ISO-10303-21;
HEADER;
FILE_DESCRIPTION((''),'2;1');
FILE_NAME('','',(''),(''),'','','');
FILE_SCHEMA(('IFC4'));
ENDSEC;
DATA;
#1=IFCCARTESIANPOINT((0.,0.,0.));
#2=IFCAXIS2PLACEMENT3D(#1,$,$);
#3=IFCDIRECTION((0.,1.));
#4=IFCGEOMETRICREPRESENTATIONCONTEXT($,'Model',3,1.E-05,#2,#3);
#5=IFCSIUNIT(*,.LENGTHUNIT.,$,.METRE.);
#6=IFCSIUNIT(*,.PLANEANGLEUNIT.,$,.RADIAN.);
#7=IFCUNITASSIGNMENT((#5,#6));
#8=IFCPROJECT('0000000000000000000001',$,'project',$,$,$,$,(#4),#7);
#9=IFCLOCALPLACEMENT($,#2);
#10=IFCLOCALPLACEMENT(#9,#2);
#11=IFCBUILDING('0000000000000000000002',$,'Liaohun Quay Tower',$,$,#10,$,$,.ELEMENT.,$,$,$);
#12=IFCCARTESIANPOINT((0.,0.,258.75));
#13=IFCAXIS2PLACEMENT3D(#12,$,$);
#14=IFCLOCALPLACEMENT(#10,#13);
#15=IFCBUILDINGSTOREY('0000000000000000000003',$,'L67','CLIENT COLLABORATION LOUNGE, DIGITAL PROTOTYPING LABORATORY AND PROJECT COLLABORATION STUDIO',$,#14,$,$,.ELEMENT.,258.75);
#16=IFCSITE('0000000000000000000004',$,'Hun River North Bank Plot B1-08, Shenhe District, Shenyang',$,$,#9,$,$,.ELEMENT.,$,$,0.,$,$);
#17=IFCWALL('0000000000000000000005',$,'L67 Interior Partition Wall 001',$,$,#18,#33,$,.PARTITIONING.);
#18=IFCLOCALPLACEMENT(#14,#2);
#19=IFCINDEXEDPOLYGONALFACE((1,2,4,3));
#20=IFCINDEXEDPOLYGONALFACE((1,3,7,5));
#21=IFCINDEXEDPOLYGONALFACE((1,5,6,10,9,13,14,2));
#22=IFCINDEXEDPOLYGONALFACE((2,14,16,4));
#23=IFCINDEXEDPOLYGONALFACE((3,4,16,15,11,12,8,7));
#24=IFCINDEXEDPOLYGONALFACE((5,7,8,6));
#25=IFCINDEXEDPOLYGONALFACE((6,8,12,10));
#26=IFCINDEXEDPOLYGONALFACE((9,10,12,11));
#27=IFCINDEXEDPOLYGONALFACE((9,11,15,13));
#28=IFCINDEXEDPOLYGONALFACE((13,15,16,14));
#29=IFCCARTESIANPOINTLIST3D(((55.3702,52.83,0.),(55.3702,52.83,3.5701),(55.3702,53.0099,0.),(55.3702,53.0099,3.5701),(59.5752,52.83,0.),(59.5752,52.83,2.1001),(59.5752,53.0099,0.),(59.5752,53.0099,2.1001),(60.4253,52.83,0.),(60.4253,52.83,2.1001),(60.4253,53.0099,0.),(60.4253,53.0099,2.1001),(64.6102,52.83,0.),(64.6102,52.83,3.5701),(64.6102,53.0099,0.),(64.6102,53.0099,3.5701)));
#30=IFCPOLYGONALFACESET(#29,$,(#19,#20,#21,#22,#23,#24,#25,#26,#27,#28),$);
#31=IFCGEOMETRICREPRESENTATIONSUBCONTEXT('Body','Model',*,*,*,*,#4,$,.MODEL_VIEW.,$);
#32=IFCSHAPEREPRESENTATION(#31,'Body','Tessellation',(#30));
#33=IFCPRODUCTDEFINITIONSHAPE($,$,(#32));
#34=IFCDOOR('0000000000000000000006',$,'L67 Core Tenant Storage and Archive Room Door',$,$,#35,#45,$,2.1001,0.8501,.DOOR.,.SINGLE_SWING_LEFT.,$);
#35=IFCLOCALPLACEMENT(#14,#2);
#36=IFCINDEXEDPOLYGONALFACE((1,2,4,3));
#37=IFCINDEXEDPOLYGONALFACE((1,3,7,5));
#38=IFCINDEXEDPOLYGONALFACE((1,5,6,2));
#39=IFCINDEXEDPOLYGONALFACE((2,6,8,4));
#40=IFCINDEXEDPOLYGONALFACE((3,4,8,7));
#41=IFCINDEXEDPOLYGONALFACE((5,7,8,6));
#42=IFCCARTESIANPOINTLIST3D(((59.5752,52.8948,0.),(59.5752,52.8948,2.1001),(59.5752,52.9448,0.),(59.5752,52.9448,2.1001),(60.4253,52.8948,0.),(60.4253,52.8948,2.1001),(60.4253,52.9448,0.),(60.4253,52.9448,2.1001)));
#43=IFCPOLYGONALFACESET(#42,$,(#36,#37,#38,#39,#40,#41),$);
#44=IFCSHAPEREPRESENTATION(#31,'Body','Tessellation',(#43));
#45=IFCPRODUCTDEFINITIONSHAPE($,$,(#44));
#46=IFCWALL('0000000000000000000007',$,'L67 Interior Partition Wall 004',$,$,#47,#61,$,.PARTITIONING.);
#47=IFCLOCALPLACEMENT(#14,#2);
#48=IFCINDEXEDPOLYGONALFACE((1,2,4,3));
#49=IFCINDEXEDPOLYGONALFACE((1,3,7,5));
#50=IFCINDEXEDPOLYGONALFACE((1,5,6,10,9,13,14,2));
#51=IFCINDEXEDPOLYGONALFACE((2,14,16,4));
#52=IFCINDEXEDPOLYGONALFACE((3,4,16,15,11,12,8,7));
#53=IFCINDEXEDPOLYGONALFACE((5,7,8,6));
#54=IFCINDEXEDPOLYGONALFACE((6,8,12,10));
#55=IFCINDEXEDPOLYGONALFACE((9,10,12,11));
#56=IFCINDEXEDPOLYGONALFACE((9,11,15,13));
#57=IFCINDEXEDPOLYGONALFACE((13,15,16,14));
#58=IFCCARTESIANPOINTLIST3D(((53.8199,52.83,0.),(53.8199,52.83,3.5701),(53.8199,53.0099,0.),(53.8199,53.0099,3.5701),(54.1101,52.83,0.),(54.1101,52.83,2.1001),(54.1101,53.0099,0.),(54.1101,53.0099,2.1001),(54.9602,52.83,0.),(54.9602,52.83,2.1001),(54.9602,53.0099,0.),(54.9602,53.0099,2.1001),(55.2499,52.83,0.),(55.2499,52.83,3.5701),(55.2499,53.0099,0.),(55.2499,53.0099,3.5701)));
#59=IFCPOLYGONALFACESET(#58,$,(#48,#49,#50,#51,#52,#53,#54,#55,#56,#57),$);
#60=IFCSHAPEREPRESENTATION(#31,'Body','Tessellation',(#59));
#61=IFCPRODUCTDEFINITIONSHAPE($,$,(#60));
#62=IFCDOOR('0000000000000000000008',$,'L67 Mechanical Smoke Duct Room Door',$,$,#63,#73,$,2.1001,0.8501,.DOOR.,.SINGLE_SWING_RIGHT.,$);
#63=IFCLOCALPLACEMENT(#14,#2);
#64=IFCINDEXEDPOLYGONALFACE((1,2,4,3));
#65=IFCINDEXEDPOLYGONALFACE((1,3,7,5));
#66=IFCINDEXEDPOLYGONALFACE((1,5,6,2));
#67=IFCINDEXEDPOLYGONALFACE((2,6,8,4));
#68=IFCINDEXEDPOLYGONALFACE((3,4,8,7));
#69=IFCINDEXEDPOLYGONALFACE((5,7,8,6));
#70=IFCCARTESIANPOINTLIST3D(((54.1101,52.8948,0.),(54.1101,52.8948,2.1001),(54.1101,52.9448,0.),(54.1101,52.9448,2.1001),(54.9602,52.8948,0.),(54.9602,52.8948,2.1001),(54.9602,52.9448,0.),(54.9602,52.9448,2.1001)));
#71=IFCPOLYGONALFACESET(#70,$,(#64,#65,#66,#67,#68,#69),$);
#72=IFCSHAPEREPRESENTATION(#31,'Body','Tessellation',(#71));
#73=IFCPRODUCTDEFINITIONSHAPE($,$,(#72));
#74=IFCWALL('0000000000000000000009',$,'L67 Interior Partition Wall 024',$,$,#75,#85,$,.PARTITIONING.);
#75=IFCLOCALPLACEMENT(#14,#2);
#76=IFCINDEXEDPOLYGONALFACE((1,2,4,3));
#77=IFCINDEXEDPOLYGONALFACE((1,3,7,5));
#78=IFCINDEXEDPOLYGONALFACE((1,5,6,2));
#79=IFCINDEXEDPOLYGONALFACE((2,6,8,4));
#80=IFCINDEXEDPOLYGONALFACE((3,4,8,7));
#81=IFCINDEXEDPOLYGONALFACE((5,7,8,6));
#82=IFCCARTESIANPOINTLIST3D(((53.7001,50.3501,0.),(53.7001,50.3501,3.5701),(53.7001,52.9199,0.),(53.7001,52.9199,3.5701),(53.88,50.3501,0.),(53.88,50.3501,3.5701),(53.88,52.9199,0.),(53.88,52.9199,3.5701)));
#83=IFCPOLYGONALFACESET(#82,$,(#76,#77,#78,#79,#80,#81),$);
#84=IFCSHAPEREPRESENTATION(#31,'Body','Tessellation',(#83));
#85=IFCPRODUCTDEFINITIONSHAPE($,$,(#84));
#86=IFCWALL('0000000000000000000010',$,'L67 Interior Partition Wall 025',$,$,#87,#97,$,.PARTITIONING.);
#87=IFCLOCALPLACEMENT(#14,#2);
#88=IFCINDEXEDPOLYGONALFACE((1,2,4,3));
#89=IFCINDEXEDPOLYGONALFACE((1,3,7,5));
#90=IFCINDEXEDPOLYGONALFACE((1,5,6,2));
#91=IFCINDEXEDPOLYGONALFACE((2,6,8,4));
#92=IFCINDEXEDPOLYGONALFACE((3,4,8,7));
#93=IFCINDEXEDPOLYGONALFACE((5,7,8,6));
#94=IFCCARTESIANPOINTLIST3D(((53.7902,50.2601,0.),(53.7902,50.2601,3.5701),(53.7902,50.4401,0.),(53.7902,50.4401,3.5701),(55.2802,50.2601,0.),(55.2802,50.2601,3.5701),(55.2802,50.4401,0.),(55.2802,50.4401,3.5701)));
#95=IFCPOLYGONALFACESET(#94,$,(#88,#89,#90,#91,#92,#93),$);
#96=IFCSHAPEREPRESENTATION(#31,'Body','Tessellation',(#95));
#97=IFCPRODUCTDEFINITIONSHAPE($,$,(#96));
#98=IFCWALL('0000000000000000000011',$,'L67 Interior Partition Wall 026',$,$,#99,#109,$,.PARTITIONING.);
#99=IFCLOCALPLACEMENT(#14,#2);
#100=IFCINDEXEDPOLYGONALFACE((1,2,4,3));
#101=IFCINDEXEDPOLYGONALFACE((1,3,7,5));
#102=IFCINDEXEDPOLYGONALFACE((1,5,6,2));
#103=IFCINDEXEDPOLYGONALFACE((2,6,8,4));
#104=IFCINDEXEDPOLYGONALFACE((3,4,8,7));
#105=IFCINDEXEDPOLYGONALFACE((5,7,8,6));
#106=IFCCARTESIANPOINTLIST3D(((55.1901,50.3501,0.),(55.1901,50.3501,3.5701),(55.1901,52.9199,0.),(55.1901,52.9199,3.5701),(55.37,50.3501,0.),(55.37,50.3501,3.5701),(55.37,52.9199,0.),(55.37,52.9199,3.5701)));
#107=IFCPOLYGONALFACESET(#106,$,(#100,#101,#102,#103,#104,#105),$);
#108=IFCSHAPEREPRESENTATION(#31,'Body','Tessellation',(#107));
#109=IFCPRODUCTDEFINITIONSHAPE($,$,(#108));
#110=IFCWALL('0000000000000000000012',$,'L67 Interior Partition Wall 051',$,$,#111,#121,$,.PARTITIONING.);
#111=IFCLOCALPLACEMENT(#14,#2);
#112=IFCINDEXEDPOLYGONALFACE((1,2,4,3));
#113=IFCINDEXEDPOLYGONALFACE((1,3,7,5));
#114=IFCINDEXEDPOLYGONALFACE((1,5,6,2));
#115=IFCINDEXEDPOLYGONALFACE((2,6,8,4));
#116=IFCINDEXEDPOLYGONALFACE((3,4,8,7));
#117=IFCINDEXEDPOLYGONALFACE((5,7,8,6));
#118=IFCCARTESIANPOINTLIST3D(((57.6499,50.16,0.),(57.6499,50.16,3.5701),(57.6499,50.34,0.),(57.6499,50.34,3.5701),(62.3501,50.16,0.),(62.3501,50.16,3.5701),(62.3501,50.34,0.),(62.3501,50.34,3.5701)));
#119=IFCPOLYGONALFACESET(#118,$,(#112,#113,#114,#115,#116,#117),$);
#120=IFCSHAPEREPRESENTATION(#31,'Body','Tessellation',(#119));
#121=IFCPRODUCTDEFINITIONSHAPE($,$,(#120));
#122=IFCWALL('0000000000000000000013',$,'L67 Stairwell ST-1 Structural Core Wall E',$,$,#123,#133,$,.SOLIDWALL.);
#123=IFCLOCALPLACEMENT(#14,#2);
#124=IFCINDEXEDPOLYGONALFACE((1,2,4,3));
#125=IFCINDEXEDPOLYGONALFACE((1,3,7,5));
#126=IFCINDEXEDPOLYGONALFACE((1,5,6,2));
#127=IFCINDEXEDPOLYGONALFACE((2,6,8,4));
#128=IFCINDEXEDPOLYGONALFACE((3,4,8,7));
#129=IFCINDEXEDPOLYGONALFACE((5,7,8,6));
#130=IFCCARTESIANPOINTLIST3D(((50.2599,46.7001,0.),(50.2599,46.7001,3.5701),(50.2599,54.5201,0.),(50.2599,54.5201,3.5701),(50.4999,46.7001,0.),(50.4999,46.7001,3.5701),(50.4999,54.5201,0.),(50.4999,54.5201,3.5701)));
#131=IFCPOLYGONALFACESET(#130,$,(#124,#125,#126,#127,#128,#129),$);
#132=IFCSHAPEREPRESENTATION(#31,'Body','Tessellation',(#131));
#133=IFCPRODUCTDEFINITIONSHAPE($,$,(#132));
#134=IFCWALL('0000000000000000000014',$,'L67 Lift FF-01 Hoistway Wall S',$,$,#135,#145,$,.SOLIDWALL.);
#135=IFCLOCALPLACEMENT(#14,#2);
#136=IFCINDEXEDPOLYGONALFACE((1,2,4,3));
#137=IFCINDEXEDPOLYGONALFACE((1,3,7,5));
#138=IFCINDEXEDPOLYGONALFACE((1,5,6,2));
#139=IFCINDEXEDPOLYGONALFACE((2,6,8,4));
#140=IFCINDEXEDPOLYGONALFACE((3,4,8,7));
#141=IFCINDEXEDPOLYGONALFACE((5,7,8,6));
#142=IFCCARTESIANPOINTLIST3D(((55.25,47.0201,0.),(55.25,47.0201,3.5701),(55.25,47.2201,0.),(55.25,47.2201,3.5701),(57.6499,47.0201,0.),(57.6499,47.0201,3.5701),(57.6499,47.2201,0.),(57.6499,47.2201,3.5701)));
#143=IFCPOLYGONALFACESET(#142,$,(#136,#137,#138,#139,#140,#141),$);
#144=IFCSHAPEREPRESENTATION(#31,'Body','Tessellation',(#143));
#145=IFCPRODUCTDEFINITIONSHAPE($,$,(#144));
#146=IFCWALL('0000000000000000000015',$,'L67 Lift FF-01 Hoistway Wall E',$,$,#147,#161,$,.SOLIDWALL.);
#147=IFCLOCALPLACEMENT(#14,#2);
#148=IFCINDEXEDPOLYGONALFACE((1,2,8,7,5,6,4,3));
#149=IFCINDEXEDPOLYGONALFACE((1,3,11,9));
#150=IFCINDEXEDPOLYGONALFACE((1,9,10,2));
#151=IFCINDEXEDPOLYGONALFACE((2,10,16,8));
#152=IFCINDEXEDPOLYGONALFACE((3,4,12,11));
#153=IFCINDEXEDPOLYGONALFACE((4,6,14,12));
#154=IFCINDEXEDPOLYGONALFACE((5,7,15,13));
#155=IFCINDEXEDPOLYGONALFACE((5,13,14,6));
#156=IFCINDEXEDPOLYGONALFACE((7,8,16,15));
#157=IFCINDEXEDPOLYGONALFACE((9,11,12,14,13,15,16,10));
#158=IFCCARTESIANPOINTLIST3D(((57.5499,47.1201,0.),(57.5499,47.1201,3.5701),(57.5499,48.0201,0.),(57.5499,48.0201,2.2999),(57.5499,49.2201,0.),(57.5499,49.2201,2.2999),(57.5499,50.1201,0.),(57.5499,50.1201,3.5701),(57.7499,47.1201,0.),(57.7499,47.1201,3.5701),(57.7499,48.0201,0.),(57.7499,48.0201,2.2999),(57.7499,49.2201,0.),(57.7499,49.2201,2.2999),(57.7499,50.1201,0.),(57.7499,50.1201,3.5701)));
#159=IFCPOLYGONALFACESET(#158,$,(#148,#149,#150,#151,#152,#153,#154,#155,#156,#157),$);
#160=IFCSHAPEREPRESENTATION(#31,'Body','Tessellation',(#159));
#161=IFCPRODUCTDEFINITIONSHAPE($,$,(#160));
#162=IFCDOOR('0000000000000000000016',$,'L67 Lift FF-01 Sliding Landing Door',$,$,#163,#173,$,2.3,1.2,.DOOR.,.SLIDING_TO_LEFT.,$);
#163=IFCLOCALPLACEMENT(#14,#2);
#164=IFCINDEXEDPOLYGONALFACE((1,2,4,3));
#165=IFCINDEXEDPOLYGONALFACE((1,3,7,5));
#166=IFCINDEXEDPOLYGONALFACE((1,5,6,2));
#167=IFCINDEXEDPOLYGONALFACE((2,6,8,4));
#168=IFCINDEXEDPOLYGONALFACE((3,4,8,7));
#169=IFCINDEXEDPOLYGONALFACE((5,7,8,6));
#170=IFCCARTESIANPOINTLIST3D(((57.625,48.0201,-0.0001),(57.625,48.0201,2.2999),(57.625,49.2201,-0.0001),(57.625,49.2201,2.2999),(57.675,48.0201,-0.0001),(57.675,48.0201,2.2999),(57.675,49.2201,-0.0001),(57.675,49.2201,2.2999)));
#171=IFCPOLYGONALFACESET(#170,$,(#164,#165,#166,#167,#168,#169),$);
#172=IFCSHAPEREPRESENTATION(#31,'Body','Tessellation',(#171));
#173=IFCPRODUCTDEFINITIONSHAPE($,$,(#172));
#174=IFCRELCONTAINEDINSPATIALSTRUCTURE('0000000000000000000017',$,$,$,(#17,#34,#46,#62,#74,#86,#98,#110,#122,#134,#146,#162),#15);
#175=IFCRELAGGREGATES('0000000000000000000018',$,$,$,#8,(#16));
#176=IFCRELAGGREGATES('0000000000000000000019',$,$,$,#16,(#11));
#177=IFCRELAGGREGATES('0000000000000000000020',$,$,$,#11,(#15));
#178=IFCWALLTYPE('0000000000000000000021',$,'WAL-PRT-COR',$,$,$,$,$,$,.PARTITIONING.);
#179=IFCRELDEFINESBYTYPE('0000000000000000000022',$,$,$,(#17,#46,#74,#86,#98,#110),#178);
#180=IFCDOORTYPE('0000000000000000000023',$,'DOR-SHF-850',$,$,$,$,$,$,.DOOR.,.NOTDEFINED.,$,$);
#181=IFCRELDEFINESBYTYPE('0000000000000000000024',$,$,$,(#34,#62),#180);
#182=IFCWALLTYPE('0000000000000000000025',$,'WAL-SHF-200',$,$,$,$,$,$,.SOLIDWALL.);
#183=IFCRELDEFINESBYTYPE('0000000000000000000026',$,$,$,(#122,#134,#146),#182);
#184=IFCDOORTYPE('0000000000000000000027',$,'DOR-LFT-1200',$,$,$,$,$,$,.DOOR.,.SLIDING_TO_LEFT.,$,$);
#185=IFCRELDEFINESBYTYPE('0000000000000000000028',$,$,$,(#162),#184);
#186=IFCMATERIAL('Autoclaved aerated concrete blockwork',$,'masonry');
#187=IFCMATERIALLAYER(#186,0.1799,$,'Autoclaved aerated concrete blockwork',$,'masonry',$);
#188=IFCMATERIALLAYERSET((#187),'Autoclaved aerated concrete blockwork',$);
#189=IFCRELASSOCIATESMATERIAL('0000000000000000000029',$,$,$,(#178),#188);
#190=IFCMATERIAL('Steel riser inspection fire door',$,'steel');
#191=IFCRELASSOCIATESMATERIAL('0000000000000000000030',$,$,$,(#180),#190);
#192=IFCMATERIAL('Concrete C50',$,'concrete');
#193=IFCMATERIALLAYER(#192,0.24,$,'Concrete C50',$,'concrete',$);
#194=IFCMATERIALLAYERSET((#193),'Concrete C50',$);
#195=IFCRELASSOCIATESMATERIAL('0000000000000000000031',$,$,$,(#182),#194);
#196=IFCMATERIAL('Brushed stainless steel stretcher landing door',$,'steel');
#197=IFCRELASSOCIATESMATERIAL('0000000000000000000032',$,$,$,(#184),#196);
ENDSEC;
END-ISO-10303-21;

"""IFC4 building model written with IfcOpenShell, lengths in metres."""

from ifc_helpers import new_model, si_unit, direction, frame, frame_2d, origin, place, context, subcontext, project, spatial, rectangle, extrude, source, transform, mapped, material, layer, layer_set, type_object, element, fill, save


model = new_model("IFC4")

# Units and contexts
model_context = context("Model", 3, precision=1e-05, world=origin(), true_north=direction((0.0, 1.0)))
body_context = subcontext(model_context, "Body", "Model", "MODEL_VIEW")
ifc_project = project(units=[si_unit("LENGTHUNIT", "METRE"), si_unit("PLANEANGLEUNIT", "RADIAN")], contexts=[model_context])

# Site, building, storey
site_placement = place(None, origin())
site = spatial("IfcSite", under=ifc_project, at=site_placement, Name="Hun River North Bank Plot B1-08, Shenhe District, Shenyang", CompositionType="ELEMENT", RefElevation=0.0)
building_placement = place(site_placement, origin())
building = spatial("IfcBuilding", under=site, at=building_placement, Name="Liaohun Quay Tower", CompositionType="ELEMENT")
storey_placement = place(building_placement, frame((0.0, 0.0, 258.75)))
storey = spatial("IfcBuildingStorey", under=building, at=storey_placement, Name="L67", Description="CLIENT COLLABORATION LOUNGE, DIGITAL PROTOTYPING LABORATORY AND PROJECT COLLABORATION STUDIO", CompositionType="ELEMENT", Elevation=258.75)

# Shared definitions
ifc_material_1 = material(Name="Concrete C50", Category="concrete")

# Walls, openings, doors
ifc_material_2 = material(Name="Autoclaved aerated concrete blockwork", Category="masonry")
ifc_layer_1 = layer(ifc_material_2, 0.1799, Name="Autoclaved aerated concrete blockwork", Category="masonry")
ifc_layer_set_1 = layer_set([ifc_layer_1], Name="Autoclaved aerated concrete blockwork")
wall_type_1 = type_object("IfcWallType", Name="WAL-PRT-COR", PredefinedType="PARTITIONING", material=ifc_layer_set_1)
wall_1_placement = place(storey_placement, frame((55.3701, 52.9199, 0.0), z_axis=(0.0, 0.0, 1.0), x_axis=(1.0, 0.0, 0.0)))
wall_1 = element("IfcWall", 1, at=wall_1_placement, inside=storey, type_object=wall_type_1, Name="L67 Interior Partition Wall 001", PredefinedType="PARTITIONING", context=body_context, shape_type="SweptSolid", body=[
    extrude(rectangle(XDim=9.24, YDim=0.1799, at=frame_2d((4.6201, 0.0))), origin(), (0.0, 0.0, 1.0), 3.5701),
])
shared_shape_1 = source(origin(), body_context, "Body", "SweptSolid", [
    extrude(rectangle(XDim=0.8501, YDim=2.1001, at=frame_2d((0.425, 1.05))), frame((0.0, 0.0999, 0.0), z_axis=(0.0, -1.0, 0.0), x_axis=(1.0, 0.0, 0.0)), (0.0, 0.0, 1.0), 0.2),
])
opening_1_placement = place(wall_1_placement, frame((4.2051, 0.0, 0.0)))
opening_1 = element("IfcOpeningElement", 2, at=opening_1_placement, cuts=wall_1, PredefinedType="OPENING", context=body_context, shape_type="MappedRepresentation", body=[
    mapped(shared_shape_1, transform((0.0, 0.0, 0.0), x_axis=(1.0, 0.0, 0.0), y_axis=(0.0, 1.0, 0.0), z_axis=(0.0, 0.0, 1.0), scale=1.0)),
])
ifc_material_3 = material(Name="Steel riser inspection fire door", Category="steel")
door_type_1 = type_object("IfcDoorType", Name="DOR-SHF-850", OperationType="NOTDEFINED", PredefinedType="DOOR", material=ifc_material_3)
shared_shape_2 = source(origin(), body_context, "Body", "SweptSolid", [
    extrude(rectangle(XDim=0.8501, YDim=2.1001, at=frame_2d((0.425, 1.05))), frame((0.0, 0.0249, 0.0), z_axis=(0.0, -1.0, 0.0), x_axis=(1.0, 0.0, 0.0)), (0.0, 0.0, 1.0), 0.05),
])
door_1_placement = place(opening_1_placement, origin())
door_1 = element("IfcDoor", 3, at=door_1_placement, inside=storey, type_object=door_type_1, Name="L67 Core Tenant Storage and Archive Room Door", OperationType="SINGLE_SWING_LEFT", OverallHeight=2.1001, OverallWidth=0.8501, PredefinedType="DOOR", context=body_context, shape_type="MappedRepresentation", body=[
    mapped(shared_shape_2, transform((0.0, 0.0, 0.0), x_axis=(1.0, 0.0, 0.0), y_axis=(0.0, 1.0, 0.0), z_axis=(0.0, 0.0, 1.0), scale=1.0)),
])
fill(opening_1, door_1)
wall_2_placement = place(storey_placement, frame((53.8201, 52.9199, 0.0), z_axis=(0.0, 0.0, 1.0), x_axis=(1.0, 0.0, 0.0)))
wall_2 = element("IfcWall", 4, at=wall_2_placement, inside=storey, type_object=wall_type_1, Name="L67 Interior Partition Wall 004", PredefinedType="PARTITIONING", context=body_context, shape_type="SweptSolid", body=[
    extrude(rectangle(XDim=1.4299, YDim=0.1799, at=frame_2d((0.7148, 0.0))), origin(), (0.0, 0.0, 1.0), 3.5701),
])
opening_2_placement = place(wall_2_placement, frame((0.29, 0.0, 0.0)))
opening_2 = element("IfcOpeningElement", 5, at=opening_2_placement, cuts=wall_2, PredefinedType="OPENING", context=body_context, shape_type="MappedRepresentation", body=[
    mapped(shared_shape_1, transform((0.0, 0.0, 0.0), x_axis=(1.0, 0.0, 0.0), y_axis=(0.0, 1.0, 0.0), z_axis=(0.0, 0.0, 1.0), scale=1.0)),
])
door_2_placement = place(opening_2_placement, origin())
door_2 = element("IfcDoor", 6, at=door_2_placement, inside=storey, type_object=door_type_1, Name="L67 Mechanical Smoke Duct Room Door", OperationType="SINGLE_SWING_RIGHT", OverallHeight=2.1001, OverallWidth=0.8501, PredefinedType="DOOR", context=body_context, shape_type="MappedRepresentation", body=[
    mapped(shared_shape_2, transform((0.0, 0.0, 0.0), x_axis=(1.0, 0.0, 0.0), y_axis=(0.0, 1.0, 0.0), z_axis=(0.0, 0.0, 1.0), scale=1.0)),
])
fill(opening_2, door_2)

# Walls
wall_3_placement = place(storey_placement, frame((53.79, 50.3501, 0.0), z_axis=(0.0, 0.0, 1.0), x_axis=(0.0, 1.0, 0.0)))
element("IfcWall", 7, at=wall_3_placement, inside=storey, type_object=wall_type_1, Name="L67 Interior Partition Wall 024", PredefinedType="PARTITIONING", context=body_context, shape_type="SweptSolid", body=[
    extrude(rectangle(XDim=2.5698, YDim=0.1799, at=frame_2d((1.2849, 0.0))), origin(), (0.0, 0.0, 1.0), 3.5701),
])
wall_4_placement = place(storey_placement, frame((53.79, 50.3501, 0.0), z_axis=(0.0, 0.0, 1.0), x_axis=(1.0, 0.0, 0.0)))
element("IfcWall", 8, at=wall_4_placement, inside=storey, type_object=wall_type_1, Name="L67 Interior Partition Wall 025", PredefinedType="PARTITIONING", context=body_context, shape_type="SweptSolid", body=[
    extrude(rectangle(XDim=1.49, YDim=0.1799, at=frame_2d((0.7451, 0.0))), origin(), (0.0, 0.0, 1.0), 3.5701),
])
wall_5_placement = place(storey_placement, frame((55.28, 50.3501, 0.0), z_axis=(0.0, 0.0, 1.0), x_axis=(0.0, 1.0, 0.0)))
element("IfcWall", 9, at=wall_5_placement, inside=storey, type_object=wall_type_1, Name="L67 Interior Partition Wall 026", PredefinedType="PARTITIONING", context=body_context, shape_type="SweptSolid", body=[
    extrude(rectangle(XDim=2.5698, YDim=0.1799, at=frame_2d((1.2849, 0.0))), origin(), (0.0, 0.0, 1.0), 3.5701),
])
wall_6_placement = place(storey_placement, frame((57.6499, 50.25, 0.0), z_axis=(0.0, 0.0, 1.0), x_axis=(1.0, 0.0, 0.0)))
element("IfcWall", 10, at=wall_6_placement, inside=storey, type_object=wall_type_1, Name="L67 Interior Partition Wall 051", PredefinedType="PARTITIONING", context=body_context, shape_type="SweptSolid", body=[
    extrude(rectangle(XDim=4.7002, YDim=0.1799, at=frame_2d((2.3501, 0.0))), origin(), (0.0, 0.0, 1.0), 3.5701),
])
ifc_layer_2 = layer(ifc_material_1, 0.24, Name="Concrete C50", Category="concrete")
ifc_layer_set_2 = layer_set([ifc_layer_2], Name="Concrete C50")
wall_type_2 = type_object("IfcWallType", Name="WAL-SHF-200", PredefinedType="SOLIDWALL", material=ifc_layer_set_2)
wall_7_placement = place(storey_placement, frame((50.3799, 46.7, 0.0), z_axis=(0.0, 0.0, 1.0), x_axis=(0.0, 1.0, 0.0)))
element("IfcWall", 11, at=wall_7_placement, inside=storey, type_object=wall_type_2, Name="L67 Stairwell ST-1 Structural Core Wall E", PredefinedType="SOLIDWALL", context=body_context, shape_type="SweptSolid", body=[
    extrude(rectangle(XDim=7.8201, YDim=0.24, at=frame_2d((3.9102, 0.0))), origin(), (0.0, 0.0, 1.0), 3.5701),
])
wall_8_placement = place(storey_placement, frame((55.25, 47.1201, 0.0), z_axis=(0.0, 0.0, 1.0), x_axis=(1.0, 0.0, 0.0)))
element("IfcWall", 12, at=wall_8_placement, inside=storey, type_object=wall_type_2, Name="L67 Lift FF-01 Hoistway Wall S", PredefinedType="SOLIDWALL", context=body_context, shape_type="SweptSolid", body=[
    extrude(rectangle(XDim=2.3999, YDim=0.2, at=frame_2d((1.2, 0.0))), origin(), (0.0, 0.0, 1.0), 3.5701),
])

# Wall, opening, door
wall_9_placement = place(storey_placement, frame((57.6499, 47.1201, 0.0), z_axis=(0.0, 0.0, 1.0), x_axis=(0.0, 1.0, 0.0)))
wall_9 = element("IfcWall", 13, at=wall_9_placement, inside=storey, type_object=wall_type_2, Name="L67 Lift FF-01 Hoistway Wall E", PredefinedType="SOLIDWALL", context=body_context, shape_type="SweptSolid", body=[
    extrude(rectangle(XDim=3.0, YDim=0.2, at=frame_2d((1.5, 0.0))), origin(), (0.0, 0.0, 1.0), 3.5701),
])
shared_shape_3 = source(origin(), body_context, "Body", "SweptSolid", [
    extrude(rectangle(XDim=1.2, YDim=2.3, at=frame_2d((0.6001, 1.1499))), frame((0.0, 0.1099, 0.0), z_axis=(0.0, -1.0, 0.0), x_axis=(1.0, 0.0, 0.0)), (0.0, 0.0, 1.0), 0.22),
])
opening_3_placement = place(wall_9_placement, frame((0.8999, 0.0, 0.0)))
opening_3 = element("IfcOpeningElement", 14, at=opening_3_placement, cuts=wall_9, PredefinedType="OPENING", context=body_context, shape_type="MappedRepresentation", body=[
    mapped(shared_shape_3, transform((0.0, 0.0, 0.0), x_axis=(1.0, 0.0, 0.0), y_axis=(0.0, 1.0, 0.0), z_axis=(0.0, 0.0, 1.0), scale=1.0)),
])
ifc_material_4 = material(Name="Brushed stainless steel stretcher landing door", Category="steel")
door_type_2 = type_object("IfcDoorType", Name="DOR-LFT-1200", OperationType="SLIDING_TO_LEFT", PredefinedType="DOOR", material=ifc_material_4)
shared_shape_4 = source(origin(), body_context, "Body", "SweptSolid", [
    extrude(rectangle(XDim=1.2, YDim=2.3, at=frame_2d((0.6001, 1.1499))), frame((0.0, 0.0249, 0.0), z_axis=(0.0, -1.0, 0.0), x_axis=(1.0, 0.0, 0.0)), (0.0, 0.0, 1.0), 0.05),
])
door_3_placement = place(opening_3_placement, origin())
door_3 = element("IfcDoor", 15, at=door_3_placement, inside=storey, type_object=door_type_2, Name="L67 Lift FF-01 Sliding Landing Door", OperationType="SLIDING_TO_LEFT", OverallHeight=2.3, OverallWidth=1.2, PredefinedType="DOOR", context=body_context, shape_type="MappedRepresentation", body=[
    mapped(shared_shape_4, transform((0.0, 0.0, 0.0), x_axis=(1.0, 0.0, 0.0), y_axis=(0.0, 1.0, 0.0), z_axis=(0.0, 0.0, 1.0), scale=1.0)),
])
fill(opening_3, door_3)

save(model, "model.ifc")
